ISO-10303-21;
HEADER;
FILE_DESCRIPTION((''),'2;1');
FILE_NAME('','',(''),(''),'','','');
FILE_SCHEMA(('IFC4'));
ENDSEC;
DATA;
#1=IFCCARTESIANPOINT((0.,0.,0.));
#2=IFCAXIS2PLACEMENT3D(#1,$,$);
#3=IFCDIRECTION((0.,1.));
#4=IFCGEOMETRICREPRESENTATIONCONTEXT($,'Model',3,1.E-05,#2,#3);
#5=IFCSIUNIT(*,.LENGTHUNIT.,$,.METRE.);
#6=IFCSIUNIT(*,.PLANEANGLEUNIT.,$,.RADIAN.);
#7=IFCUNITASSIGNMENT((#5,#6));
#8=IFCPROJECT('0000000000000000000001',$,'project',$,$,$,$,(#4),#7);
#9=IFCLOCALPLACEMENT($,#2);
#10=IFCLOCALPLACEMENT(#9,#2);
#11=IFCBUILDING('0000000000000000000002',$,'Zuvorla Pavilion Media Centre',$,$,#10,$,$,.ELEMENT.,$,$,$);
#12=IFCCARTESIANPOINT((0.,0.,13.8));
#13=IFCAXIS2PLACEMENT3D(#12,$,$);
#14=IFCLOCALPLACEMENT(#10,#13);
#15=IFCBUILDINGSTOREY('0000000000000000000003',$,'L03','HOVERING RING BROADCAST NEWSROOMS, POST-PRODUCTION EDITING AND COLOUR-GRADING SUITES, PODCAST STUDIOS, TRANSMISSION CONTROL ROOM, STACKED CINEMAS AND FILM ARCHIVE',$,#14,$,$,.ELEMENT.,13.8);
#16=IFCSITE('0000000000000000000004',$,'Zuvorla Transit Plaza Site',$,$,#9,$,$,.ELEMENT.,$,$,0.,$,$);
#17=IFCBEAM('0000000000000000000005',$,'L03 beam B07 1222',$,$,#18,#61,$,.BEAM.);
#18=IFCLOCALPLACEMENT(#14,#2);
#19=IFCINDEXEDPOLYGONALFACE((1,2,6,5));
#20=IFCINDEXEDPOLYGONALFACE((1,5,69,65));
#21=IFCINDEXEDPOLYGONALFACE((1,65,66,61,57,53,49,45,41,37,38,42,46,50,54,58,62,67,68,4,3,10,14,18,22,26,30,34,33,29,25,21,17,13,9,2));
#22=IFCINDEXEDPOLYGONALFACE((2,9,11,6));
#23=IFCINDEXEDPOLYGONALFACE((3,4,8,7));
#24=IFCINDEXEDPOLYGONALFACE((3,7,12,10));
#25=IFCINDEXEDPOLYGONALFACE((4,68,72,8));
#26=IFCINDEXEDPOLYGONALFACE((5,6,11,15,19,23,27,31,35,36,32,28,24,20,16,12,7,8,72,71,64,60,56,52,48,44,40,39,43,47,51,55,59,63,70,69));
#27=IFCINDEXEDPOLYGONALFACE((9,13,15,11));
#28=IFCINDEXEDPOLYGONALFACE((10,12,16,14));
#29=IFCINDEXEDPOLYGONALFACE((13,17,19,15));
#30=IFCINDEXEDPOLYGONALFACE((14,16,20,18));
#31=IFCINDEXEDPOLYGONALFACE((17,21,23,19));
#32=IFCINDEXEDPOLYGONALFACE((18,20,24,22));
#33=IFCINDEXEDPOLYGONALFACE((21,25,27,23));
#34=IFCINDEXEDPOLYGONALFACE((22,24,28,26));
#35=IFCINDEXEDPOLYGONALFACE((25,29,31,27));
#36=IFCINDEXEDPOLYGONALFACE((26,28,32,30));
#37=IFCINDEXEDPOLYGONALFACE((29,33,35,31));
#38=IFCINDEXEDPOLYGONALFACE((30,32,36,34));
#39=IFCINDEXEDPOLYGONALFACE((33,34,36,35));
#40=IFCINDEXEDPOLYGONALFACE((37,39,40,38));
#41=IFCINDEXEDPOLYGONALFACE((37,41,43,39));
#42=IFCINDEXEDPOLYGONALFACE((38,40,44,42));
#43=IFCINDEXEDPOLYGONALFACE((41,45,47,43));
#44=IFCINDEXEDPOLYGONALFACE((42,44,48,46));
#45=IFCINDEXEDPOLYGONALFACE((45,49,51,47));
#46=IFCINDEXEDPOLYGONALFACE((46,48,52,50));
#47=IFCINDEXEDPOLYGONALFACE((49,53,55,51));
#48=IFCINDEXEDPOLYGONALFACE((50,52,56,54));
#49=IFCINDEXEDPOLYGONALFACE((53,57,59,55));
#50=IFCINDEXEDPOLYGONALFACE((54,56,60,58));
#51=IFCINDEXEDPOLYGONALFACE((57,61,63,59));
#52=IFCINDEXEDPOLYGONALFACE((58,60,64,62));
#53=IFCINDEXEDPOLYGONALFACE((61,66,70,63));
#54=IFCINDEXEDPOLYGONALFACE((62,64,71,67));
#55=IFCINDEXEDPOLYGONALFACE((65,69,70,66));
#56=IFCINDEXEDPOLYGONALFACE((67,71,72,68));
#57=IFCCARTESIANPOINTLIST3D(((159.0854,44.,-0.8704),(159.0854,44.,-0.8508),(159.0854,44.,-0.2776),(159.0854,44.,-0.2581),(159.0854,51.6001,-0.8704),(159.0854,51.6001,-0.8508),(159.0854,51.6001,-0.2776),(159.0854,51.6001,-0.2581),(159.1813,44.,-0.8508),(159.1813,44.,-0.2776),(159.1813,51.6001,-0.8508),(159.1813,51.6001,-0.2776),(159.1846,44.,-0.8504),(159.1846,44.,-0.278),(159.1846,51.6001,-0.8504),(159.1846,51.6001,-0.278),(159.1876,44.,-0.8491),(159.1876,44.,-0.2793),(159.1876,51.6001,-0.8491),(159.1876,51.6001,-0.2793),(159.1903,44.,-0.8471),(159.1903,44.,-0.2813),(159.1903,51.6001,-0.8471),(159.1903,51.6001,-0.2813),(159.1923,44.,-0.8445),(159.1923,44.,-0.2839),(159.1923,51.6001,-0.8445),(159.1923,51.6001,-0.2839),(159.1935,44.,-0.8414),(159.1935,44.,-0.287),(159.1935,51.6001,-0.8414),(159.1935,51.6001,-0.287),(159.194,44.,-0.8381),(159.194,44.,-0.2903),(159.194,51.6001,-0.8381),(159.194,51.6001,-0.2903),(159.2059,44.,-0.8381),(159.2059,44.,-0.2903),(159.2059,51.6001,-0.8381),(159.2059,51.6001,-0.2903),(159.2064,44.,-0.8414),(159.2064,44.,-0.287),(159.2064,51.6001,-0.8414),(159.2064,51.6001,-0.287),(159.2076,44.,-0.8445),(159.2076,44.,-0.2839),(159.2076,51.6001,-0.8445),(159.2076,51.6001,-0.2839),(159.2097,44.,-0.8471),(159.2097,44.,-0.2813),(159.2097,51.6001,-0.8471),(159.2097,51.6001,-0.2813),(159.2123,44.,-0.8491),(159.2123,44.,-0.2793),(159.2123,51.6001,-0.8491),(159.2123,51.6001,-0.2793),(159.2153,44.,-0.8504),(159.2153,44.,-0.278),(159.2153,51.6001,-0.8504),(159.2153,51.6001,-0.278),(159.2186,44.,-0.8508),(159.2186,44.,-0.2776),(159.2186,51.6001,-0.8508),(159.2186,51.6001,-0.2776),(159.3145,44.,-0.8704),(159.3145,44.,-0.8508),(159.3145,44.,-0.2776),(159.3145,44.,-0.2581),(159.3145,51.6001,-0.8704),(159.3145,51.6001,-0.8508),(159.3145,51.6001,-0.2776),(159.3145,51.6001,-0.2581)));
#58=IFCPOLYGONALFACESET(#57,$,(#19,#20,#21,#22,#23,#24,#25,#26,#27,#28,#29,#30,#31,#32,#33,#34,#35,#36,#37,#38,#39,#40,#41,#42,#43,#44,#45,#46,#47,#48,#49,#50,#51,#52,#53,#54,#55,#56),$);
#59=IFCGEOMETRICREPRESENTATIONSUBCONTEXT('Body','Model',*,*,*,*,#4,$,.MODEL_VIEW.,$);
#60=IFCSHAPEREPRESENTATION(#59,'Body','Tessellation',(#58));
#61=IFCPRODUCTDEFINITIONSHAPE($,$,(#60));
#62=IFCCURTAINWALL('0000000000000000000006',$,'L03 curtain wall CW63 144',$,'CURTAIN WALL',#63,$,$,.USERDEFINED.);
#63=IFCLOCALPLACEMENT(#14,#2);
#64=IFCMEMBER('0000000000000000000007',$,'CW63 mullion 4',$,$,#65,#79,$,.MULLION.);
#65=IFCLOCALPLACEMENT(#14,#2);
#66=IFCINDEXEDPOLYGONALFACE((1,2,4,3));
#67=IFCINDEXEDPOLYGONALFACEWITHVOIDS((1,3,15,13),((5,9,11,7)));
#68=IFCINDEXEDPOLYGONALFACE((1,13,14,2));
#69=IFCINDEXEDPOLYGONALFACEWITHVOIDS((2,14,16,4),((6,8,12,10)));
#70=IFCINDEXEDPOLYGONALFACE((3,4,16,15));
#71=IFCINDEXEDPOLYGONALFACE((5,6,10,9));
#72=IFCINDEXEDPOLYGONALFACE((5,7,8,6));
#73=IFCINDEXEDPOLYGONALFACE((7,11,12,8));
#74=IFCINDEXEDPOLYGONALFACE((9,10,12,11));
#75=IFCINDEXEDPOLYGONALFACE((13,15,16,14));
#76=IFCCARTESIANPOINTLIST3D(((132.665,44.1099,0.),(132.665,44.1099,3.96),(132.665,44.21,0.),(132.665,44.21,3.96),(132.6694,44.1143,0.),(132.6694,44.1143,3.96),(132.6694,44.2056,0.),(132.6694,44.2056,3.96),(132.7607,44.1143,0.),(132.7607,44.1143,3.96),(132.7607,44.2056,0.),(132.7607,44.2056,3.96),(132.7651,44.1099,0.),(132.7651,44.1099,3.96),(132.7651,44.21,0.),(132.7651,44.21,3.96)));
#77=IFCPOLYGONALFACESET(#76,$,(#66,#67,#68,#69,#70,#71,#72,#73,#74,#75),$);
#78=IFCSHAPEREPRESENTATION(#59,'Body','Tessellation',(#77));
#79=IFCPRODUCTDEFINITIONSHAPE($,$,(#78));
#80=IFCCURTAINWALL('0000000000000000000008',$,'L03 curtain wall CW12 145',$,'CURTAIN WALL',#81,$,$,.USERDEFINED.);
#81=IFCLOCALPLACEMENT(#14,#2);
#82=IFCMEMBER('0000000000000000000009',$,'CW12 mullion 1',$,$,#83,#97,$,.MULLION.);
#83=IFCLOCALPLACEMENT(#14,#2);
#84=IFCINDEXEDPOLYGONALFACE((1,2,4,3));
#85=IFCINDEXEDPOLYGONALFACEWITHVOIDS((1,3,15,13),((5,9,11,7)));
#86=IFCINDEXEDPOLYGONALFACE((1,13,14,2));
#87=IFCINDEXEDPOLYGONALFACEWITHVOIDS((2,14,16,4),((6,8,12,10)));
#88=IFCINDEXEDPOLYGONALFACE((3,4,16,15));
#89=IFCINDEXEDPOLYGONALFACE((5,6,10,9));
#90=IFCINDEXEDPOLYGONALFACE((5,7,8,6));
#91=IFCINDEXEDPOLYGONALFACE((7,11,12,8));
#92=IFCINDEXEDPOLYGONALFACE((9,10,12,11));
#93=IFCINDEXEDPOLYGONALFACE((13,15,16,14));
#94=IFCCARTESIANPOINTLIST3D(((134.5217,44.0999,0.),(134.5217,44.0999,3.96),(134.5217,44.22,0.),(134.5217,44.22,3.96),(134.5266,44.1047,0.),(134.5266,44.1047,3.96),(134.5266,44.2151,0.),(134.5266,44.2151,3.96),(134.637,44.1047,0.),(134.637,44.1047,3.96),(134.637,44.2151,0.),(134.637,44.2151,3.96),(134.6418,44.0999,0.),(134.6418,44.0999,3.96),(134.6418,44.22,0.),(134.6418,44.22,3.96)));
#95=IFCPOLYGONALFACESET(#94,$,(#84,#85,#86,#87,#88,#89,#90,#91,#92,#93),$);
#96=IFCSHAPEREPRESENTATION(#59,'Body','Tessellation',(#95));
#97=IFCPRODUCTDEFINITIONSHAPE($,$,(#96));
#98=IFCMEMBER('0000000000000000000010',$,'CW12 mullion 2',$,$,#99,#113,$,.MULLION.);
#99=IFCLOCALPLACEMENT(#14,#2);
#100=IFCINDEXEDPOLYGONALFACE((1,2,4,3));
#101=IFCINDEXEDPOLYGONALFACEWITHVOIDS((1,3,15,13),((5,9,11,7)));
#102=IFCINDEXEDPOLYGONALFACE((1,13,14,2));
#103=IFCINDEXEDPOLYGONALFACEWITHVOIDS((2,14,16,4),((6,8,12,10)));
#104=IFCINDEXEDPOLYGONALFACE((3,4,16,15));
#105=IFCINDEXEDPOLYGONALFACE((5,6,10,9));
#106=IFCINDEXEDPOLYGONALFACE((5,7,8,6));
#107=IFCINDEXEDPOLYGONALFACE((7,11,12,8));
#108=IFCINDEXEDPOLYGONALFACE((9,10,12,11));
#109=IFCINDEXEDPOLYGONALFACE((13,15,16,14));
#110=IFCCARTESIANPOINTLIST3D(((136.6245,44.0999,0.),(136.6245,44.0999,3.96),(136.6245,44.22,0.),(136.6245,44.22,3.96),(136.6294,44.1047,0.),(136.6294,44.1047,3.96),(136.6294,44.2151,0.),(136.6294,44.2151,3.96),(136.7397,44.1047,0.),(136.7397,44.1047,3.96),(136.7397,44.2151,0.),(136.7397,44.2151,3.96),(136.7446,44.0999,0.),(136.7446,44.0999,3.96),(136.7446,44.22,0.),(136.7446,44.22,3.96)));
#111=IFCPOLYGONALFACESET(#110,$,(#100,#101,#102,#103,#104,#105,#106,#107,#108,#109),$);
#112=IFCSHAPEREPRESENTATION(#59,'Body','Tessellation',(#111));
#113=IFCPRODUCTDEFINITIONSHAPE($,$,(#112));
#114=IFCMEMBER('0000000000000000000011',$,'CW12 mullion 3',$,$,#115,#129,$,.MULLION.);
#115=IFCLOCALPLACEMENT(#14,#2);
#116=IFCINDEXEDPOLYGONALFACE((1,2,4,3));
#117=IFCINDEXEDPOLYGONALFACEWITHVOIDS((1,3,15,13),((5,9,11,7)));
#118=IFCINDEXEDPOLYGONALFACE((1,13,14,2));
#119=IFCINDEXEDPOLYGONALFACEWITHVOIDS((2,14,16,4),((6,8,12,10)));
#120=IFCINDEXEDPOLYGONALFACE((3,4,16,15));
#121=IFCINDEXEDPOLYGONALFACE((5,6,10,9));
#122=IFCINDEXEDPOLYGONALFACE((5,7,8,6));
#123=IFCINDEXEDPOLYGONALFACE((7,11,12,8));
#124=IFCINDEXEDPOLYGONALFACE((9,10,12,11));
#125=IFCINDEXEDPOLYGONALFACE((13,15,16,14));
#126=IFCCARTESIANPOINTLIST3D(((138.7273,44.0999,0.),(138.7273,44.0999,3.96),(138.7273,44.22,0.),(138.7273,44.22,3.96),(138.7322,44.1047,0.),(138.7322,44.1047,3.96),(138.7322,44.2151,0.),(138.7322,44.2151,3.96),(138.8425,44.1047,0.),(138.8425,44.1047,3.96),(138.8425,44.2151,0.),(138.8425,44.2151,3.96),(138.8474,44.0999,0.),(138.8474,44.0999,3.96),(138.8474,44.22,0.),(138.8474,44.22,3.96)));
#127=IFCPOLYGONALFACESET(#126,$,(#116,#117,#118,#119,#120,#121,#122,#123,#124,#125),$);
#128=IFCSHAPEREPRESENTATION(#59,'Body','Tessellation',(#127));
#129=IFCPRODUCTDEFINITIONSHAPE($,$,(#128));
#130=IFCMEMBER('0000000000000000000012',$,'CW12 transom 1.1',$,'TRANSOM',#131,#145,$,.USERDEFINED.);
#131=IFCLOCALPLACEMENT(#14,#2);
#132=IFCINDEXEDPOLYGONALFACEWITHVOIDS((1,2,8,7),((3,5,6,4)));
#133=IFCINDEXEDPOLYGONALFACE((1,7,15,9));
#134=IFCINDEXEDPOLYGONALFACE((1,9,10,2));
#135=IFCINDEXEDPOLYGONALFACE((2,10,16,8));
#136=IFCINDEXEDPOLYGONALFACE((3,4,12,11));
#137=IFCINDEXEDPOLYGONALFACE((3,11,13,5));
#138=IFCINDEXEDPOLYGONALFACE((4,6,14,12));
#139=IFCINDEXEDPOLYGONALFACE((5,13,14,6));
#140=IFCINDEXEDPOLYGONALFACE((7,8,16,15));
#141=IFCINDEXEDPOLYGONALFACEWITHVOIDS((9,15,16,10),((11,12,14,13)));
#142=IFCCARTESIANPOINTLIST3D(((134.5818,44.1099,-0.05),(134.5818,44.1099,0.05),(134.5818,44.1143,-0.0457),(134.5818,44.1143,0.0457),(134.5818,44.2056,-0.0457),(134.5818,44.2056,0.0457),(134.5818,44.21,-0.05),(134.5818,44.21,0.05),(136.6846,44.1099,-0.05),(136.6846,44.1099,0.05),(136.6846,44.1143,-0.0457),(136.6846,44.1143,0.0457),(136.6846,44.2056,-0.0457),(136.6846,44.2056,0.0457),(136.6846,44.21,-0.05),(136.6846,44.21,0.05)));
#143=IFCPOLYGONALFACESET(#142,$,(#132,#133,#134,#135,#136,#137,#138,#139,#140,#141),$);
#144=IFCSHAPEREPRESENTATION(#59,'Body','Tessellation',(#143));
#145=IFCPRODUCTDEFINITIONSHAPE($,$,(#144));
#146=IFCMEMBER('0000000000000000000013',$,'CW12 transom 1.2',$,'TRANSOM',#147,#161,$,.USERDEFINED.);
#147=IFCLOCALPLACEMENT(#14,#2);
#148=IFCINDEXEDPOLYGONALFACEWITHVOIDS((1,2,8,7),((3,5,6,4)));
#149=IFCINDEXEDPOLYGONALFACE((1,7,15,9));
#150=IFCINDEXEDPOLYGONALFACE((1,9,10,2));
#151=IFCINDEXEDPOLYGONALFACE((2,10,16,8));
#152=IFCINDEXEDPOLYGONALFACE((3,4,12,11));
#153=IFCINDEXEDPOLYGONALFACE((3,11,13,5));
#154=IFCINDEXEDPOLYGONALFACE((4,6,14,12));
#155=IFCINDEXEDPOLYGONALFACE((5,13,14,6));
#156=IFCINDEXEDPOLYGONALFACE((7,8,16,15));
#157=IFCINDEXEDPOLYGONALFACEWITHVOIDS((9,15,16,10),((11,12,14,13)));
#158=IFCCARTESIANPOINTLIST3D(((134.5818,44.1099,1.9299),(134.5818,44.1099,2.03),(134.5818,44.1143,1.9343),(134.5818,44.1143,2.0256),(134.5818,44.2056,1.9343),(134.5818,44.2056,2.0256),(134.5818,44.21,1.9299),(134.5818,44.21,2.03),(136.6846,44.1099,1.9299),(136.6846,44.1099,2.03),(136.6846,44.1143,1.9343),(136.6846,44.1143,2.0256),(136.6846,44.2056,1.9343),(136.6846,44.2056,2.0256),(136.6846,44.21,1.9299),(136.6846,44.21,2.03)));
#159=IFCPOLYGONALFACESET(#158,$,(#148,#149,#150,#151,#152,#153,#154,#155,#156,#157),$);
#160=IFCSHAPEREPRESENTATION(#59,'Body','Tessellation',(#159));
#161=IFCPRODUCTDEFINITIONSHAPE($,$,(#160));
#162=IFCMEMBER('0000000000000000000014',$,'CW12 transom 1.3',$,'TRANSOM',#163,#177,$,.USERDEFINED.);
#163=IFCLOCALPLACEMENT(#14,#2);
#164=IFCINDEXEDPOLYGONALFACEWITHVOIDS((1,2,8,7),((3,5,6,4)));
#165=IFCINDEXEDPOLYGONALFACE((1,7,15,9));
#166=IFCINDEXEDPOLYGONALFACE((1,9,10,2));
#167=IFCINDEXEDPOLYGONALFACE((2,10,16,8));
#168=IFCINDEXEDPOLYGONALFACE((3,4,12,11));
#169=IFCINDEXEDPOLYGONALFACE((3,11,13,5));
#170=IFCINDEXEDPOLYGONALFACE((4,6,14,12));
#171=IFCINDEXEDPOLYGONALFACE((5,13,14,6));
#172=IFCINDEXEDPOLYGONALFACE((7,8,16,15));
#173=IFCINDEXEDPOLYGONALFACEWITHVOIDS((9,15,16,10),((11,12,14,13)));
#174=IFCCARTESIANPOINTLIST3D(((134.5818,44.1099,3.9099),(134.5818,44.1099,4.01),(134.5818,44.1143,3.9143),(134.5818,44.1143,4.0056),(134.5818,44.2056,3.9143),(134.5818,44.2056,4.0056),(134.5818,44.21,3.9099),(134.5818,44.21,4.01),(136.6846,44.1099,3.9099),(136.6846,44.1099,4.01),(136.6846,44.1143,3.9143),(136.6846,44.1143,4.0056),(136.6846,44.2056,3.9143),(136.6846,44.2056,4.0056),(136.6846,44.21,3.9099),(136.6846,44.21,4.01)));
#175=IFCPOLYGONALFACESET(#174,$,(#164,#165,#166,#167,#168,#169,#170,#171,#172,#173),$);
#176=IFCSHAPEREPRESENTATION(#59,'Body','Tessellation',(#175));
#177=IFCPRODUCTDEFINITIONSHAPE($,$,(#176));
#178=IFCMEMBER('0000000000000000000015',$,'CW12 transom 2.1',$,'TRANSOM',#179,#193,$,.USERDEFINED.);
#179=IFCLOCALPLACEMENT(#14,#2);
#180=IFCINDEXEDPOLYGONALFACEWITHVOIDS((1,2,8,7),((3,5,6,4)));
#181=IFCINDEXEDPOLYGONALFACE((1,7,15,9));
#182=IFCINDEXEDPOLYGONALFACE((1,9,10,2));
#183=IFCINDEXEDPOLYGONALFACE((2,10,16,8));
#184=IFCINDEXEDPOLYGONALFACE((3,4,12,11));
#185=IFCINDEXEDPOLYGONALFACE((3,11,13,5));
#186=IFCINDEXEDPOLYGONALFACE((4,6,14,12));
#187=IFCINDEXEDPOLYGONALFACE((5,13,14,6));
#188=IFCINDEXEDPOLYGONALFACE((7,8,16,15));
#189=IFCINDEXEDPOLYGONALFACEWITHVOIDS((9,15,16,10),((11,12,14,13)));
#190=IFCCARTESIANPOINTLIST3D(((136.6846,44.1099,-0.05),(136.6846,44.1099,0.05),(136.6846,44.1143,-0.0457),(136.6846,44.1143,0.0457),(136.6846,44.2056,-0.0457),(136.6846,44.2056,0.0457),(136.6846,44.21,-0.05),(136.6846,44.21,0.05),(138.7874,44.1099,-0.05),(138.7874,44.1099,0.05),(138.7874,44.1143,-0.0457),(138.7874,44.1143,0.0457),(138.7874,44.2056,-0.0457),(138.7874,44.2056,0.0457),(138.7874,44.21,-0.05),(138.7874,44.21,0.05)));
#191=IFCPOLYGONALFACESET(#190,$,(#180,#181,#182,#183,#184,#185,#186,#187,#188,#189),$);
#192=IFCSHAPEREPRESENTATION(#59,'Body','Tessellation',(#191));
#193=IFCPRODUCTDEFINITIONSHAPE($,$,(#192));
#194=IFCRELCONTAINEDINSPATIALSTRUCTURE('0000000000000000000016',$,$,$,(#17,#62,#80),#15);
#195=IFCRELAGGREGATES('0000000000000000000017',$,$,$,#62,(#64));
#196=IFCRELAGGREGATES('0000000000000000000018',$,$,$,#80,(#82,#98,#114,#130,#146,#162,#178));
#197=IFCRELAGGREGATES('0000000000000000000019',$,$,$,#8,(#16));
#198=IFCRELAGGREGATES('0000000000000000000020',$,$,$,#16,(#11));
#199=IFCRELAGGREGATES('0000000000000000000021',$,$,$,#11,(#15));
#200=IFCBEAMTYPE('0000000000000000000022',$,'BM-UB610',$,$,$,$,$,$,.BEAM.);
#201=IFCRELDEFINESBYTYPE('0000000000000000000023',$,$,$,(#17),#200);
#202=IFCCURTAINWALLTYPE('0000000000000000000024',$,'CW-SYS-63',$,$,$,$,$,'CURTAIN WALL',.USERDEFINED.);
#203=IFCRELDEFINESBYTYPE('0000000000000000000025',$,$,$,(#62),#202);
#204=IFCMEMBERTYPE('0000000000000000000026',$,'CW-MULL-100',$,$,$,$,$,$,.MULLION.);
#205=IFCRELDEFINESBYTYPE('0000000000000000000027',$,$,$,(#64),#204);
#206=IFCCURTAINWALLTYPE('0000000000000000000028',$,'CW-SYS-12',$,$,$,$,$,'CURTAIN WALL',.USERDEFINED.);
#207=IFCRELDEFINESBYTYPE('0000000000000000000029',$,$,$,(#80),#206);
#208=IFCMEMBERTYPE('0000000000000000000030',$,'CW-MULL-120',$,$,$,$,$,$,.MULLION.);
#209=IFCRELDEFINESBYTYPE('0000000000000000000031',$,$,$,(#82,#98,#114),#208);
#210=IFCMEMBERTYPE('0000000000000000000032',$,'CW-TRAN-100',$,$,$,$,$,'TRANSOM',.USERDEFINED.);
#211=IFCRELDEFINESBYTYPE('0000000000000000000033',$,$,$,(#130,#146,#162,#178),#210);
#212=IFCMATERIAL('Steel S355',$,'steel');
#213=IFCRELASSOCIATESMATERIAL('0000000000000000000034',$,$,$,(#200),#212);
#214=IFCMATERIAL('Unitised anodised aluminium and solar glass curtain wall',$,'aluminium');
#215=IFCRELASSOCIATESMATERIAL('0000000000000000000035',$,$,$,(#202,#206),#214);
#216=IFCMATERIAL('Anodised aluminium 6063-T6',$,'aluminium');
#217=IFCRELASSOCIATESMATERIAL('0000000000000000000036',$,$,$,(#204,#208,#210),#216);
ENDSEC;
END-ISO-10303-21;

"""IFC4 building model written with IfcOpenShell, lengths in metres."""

from ifc_helpers import new_model, si_unit, direction, frame, origin, origin_2d, place, context, subcontext, project, spatial, hollow_rectangle, i_section, extrude, material, material_profile, profile_set, type_object, element, aggregate, save


model = new_model("IFC4")

# Units and contexts
model_context = context("Model", 3, precision=1e-05, world=origin(), true_north=direction((0.0, 1.0)))
body_context = subcontext(model_context, "Body", "Model", "MODEL_VIEW")
ifc_project = project(units=[si_unit("LENGTHUNIT", "METRE"), si_unit("PLANEANGLEUNIT", "RADIAN")], contexts=[model_context])

# Site, building, storey
site_placement = place(None, origin())
site = spatial("IfcSite", under=ifc_project, at=site_placement, Name="Zuvorla Transit Plaza Site", CompositionType="ELEMENT", RefElevation=0.0)
building_placement = place(site_placement, origin())
building = spatial("IfcBuilding", under=site, at=building_placement, Name="Zuvorla Pavilion Media Centre", CompositionType="ELEMENT")
storey_placement = place(building_placement, frame((0.0, 0.0, 13.8)))
storey = spatial("IfcBuildingStorey", under=building, at=storey_placement, Name="L03", Description="HOVERING RING BROADCAST NEWSROOMS, POST-PRODUCTION EDITING AND COLOUR-GRADING SUITES, PODCAST STUDIOS, TRANSMISSION CONTROL ROOM, STACKED CINEMAS AND FILM ARCHIVE", CompositionType="ELEMENT", Elevation=13.8)

# Shared definitions
ifc_material_1 = material(Name="Steel S355", Category="steel")

# Beam
ifc_material_profile_1 = material_profile(ifc_material_1, i_section(OverallWidth=0.229, OverallDepth=0.6123, WebThickness=0.012, FlangeThickness=0.0195, FilletRadius=0.0127, at=origin_2d()), Name="UB 610x229x125")
ifc_profile_set_1 = profile_set([ifc_material_profile_1], Name="Steel S355")
beam_type_1 = type_object("IfcBeamType", Name="BM-UB610", PredefinedType="BEAM", material=ifc_profile_set_1)
for number, where, z_axis, x_axis, name in (
    (1, (159.2, 44.0, -0.5642), (0.0, 1.0, 0.0), (-1.0, 0.0, 0.0), "L03 beam B07 1222"),
):
    element("IfcBeam", number, at=place(storey_placement, frame(where, z_axis=z_axis, x_axis=x_axis)), inside=storey, type_object=beam_type_1, Name=name, PredefinedType="BEAM", context=body_context, shape_type="SweptSolid", body=[
        extrude(i_section(OverallWidth=0.229, OverallDepth=0.6123, WebThickness=0.012, FlangeThickness=0.0195, FilletRadius=0.0127, at=origin_2d()), origin(), (0.0, 0.0, 1.0), 7.6001),
    ])

# Curtain wall, member
ifc_material_2 = material(Name="Unitised anodised aluminium and solar glass curtain wall", Category="aluminium")
curtain_wall_type_1 = type_object("IfcCurtainWallType", Name="CW-SYS-63", ElementType="CURTAIN WALL", PredefinedType="USERDEFINED", material=ifc_material_2)
curtain_wall_1_placement = place(storey_placement, origin())
curtain_wall_1 = element("IfcCurtainWall", 2, at=curtain_wall_1_placement, inside=storey, type_object=curtain_wall_type_1, Name="L03 curtain wall CW63 144", ObjectType="CURTAIN WALL", PredefinedType="USERDEFINED")
ifc_material_3 = material(Name="Anodised aluminium 6063-T6", Category="aluminium")
ifc_material_profile_2 = material_profile(ifc_material_3, hollow_rectangle(XDim=0.1001, YDim=0.1001, WallThickness=0.0044, at=origin_2d()), Name="ALU MULL 100x100")
ifc_profile_set_2 = profile_set([ifc_material_profile_2], Name="Anodised aluminium 6063-T6")
member_type_1 = type_object("IfcMemberType", Name="CW-MULL-100", PredefinedType="MULLION", material=ifc_profile_set_2)
member_1_placement = place(storey_placement, frame((132.7151, 44.1599, 0.0), z_axis=(0.0, 0.0, 1.0), x_axis=(1.0, 0.0, 0.0)))
member_1 = element("IfcMember", 3, at=member_1_placement, type_object=member_type_1, Name="CW63 mullion 4", PredefinedType="MULLION", context=body_context, shape_type="SweptSolid", body=[
    extrude(hollow_rectangle(XDim=0.1001, YDim=0.1001, WallThickness=0.0044, at=origin_2d()), origin(), (0.0, 0.0, 1.0), 3.96),
])

# Curtain wall, members
curtain_wall_type_2 = type_object("IfcCurtainWallType", Name="CW-SYS-12", ElementType="CURTAIN WALL", PredefinedType="USERDEFINED", material=ifc_material_2)
curtain_wall_2_placement = place(storey_placement, origin())
curtain_wall_2 = element("IfcCurtainWall", 4, at=curtain_wall_2_placement, inside=storey, type_object=curtain_wall_type_2, Name="L03 curtain wall CW12 145", ObjectType="CURTAIN WALL", PredefinedType="USERDEFINED")
ifc_material_profile_3 = material_profile(ifc_material_3, hollow_rectangle(XDim=0.1201, YDim=0.1201, WallThickness=0.0049, at=origin_2d()), Name="ALU MULL 120x120")
ifc_profile_set_3 = profile_set([ifc_material_profile_3], Name="Anodised aluminium 6063-T6")
member_type_2 = type_object("IfcMemberType", Name="CW-MULL-120", PredefinedType="MULLION", material=ifc_profile_set_3)
member_2_placement = place(storey_placement, frame((134.5818, 44.1599, 0.0), z_axis=(0.0, 0.0, 1.0), x_axis=(1.0, 0.0, 0.0)))
member_2 = element("IfcMember", 5, at=member_2_placement, type_object=member_type_2, Name="CW12 mullion 1", PredefinedType="MULLION", context=body_context, shape_type="SweptSolid", body=[
    extrude(hollow_rectangle(XDim=0.1201, YDim=0.1201, WallThickness=0.0049, at=origin_2d()), origin(), (0.0, 0.0, 1.0), 3.96),
])
member_3_placement = place(storey_placement, frame((136.6846, 44.1599, 0.0), z_axis=(0.0, 0.0, 1.0), x_axis=(1.0, 0.0, 0.0)))
member_3 = element("IfcMember", 6, at=member_3_placement, type_object=member_type_2, Name="CW12 mullion 2", PredefinedType="MULLION", context=body_context, shape_type="SweptSolid", body=[
    extrude(hollow_rectangle(XDim=0.1201, YDim=0.1201, WallThickness=0.0049, at=origin_2d()), origin(), (0.0, 0.0, 1.0), 3.96),
])
member_4_placement = place(storey_placement, frame((138.7874, 44.1599, 0.0), z_axis=(0.0, 0.0, 1.0), x_axis=(1.0, 0.0, 0.0)))
member_4 = element("IfcMember", 7, at=member_4_placement, type_object=member_type_2, Name="CW12 mullion 3", PredefinedType="MULLION", context=body_context, shape_type="SweptSolid", body=[
    extrude(hollow_rectangle(XDim=0.1201, YDim=0.1201, WallThickness=0.0049, at=origin_2d()), origin(), (0.0, 0.0, 1.0), 3.96),
])
ifc_material_profile_4 = material_profile(ifc_material_3, hollow_rectangle(XDim=0.1001, YDim=0.1001, WallThickness=0.0044, at=origin_2d()), Name="ALU TRAN 100x100")
ifc_profile_set_4 = profile_set([ifc_material_profile_4], Name="Anodised aluminium 6063-T6")
member_type_3 = type_object("IfcMemberType", Name="CW-TRAN-100", ElementType="TRANSOM", PredefinedType="USERDEFINED", material=ifc_profile_set_4)
member_5_placement = place(storey_placement, frame((134.5818, 44.1599, 0.0), z_axis=(1.0, 0.0, 0.0), x_axis=(0.0, 1.0, 0.0)))
member_5 = element("IfcMember", 8, at=member_5_placement, type_object=member_type_3, Name="CW12 transom 1.1", ObjectType="TRANSOM", PredefinedType="USERDEFINED", context=body_context, shape_type="SweptSolid", body=[
    extrude(hollow_rectangle(XDim=0.1001, YDim=0.1001, WallThickness=0.0044, at=origin_2d()), origin(), (0.0, 0.0, 1.0), 2.1028),
])
member_6_placement = place(storey_placement, frame((134.5818, 44.1599, 1.98), z_axis=(1.0, 0.0, 0.0), x_axis=(0.0, 1.0, 0.0)))
member_6 = element("IfcMember", 9, at=member_6_placement, type_object=member_type_3, Name="CW12 transom 1.2", ObjectType="TRANSOM", PredefinedType="USERDEFINED", context=body_context, shape_type="SweptSolid", body=[
    extrude(hollow_rectangle(XDim=0.1001, YDim=0.1001, WallThickness=0.0044, at=origin_2d()), origin(), (0.0, 0.0, 1.0), 2.1028),
])
member_7_placement = place(storey_placement, frame((134.5818, 44.1599, 3.96), z_axis=(1.0, 0.0, 0.0), x_axis=(0.0, 1.0, 0.0)))
member_7 = element("IfcMember", 10, at=member_7_placement, type_object=member_type_3, Name="CW12 transom 1.3", ObjectType="TRANSOM", PredefinedType="USERDEFINED", context=body_context, shape_type="SweptSolid", body=[
    extrude(hollow_rectangle(XDim=0.1001, YDim=0.1001, WallThickness=0.0044, at=origin_2d()), origin(), (0.0, 0.0, 1.0), 2.1028),
])
member_8_placement = place(storey_placement, frame((136.6846, 44.1599, 0.0), z_axis=(1.0, 0.0, 0.0), x_axis=(0.0, 1.0, 0.0)))
member_8 = element("IfcMember", 11, at=member_8_placement, type_object=member_type_3, Name="CW12 transom 2.1", ObjectType="TRANSOM", PredefinedType="USERDEFINED", context=body_context, shape_type="SweptSolid", body=[
    extrude(hollow_rectangle(XDim=0.1001, YDim=0.1001, WallThickness=0.0044, at=origin_2d()), origin(), (0.0, 0.0, 1.0), 2.1028),
])

aggregate(curtain_wall_1, [member_1])
aggregate(curtain_wall_2, [member_2, member_3, member_4, member_5, member_6, member_7, member_8])

save(model, "model.ifc")
